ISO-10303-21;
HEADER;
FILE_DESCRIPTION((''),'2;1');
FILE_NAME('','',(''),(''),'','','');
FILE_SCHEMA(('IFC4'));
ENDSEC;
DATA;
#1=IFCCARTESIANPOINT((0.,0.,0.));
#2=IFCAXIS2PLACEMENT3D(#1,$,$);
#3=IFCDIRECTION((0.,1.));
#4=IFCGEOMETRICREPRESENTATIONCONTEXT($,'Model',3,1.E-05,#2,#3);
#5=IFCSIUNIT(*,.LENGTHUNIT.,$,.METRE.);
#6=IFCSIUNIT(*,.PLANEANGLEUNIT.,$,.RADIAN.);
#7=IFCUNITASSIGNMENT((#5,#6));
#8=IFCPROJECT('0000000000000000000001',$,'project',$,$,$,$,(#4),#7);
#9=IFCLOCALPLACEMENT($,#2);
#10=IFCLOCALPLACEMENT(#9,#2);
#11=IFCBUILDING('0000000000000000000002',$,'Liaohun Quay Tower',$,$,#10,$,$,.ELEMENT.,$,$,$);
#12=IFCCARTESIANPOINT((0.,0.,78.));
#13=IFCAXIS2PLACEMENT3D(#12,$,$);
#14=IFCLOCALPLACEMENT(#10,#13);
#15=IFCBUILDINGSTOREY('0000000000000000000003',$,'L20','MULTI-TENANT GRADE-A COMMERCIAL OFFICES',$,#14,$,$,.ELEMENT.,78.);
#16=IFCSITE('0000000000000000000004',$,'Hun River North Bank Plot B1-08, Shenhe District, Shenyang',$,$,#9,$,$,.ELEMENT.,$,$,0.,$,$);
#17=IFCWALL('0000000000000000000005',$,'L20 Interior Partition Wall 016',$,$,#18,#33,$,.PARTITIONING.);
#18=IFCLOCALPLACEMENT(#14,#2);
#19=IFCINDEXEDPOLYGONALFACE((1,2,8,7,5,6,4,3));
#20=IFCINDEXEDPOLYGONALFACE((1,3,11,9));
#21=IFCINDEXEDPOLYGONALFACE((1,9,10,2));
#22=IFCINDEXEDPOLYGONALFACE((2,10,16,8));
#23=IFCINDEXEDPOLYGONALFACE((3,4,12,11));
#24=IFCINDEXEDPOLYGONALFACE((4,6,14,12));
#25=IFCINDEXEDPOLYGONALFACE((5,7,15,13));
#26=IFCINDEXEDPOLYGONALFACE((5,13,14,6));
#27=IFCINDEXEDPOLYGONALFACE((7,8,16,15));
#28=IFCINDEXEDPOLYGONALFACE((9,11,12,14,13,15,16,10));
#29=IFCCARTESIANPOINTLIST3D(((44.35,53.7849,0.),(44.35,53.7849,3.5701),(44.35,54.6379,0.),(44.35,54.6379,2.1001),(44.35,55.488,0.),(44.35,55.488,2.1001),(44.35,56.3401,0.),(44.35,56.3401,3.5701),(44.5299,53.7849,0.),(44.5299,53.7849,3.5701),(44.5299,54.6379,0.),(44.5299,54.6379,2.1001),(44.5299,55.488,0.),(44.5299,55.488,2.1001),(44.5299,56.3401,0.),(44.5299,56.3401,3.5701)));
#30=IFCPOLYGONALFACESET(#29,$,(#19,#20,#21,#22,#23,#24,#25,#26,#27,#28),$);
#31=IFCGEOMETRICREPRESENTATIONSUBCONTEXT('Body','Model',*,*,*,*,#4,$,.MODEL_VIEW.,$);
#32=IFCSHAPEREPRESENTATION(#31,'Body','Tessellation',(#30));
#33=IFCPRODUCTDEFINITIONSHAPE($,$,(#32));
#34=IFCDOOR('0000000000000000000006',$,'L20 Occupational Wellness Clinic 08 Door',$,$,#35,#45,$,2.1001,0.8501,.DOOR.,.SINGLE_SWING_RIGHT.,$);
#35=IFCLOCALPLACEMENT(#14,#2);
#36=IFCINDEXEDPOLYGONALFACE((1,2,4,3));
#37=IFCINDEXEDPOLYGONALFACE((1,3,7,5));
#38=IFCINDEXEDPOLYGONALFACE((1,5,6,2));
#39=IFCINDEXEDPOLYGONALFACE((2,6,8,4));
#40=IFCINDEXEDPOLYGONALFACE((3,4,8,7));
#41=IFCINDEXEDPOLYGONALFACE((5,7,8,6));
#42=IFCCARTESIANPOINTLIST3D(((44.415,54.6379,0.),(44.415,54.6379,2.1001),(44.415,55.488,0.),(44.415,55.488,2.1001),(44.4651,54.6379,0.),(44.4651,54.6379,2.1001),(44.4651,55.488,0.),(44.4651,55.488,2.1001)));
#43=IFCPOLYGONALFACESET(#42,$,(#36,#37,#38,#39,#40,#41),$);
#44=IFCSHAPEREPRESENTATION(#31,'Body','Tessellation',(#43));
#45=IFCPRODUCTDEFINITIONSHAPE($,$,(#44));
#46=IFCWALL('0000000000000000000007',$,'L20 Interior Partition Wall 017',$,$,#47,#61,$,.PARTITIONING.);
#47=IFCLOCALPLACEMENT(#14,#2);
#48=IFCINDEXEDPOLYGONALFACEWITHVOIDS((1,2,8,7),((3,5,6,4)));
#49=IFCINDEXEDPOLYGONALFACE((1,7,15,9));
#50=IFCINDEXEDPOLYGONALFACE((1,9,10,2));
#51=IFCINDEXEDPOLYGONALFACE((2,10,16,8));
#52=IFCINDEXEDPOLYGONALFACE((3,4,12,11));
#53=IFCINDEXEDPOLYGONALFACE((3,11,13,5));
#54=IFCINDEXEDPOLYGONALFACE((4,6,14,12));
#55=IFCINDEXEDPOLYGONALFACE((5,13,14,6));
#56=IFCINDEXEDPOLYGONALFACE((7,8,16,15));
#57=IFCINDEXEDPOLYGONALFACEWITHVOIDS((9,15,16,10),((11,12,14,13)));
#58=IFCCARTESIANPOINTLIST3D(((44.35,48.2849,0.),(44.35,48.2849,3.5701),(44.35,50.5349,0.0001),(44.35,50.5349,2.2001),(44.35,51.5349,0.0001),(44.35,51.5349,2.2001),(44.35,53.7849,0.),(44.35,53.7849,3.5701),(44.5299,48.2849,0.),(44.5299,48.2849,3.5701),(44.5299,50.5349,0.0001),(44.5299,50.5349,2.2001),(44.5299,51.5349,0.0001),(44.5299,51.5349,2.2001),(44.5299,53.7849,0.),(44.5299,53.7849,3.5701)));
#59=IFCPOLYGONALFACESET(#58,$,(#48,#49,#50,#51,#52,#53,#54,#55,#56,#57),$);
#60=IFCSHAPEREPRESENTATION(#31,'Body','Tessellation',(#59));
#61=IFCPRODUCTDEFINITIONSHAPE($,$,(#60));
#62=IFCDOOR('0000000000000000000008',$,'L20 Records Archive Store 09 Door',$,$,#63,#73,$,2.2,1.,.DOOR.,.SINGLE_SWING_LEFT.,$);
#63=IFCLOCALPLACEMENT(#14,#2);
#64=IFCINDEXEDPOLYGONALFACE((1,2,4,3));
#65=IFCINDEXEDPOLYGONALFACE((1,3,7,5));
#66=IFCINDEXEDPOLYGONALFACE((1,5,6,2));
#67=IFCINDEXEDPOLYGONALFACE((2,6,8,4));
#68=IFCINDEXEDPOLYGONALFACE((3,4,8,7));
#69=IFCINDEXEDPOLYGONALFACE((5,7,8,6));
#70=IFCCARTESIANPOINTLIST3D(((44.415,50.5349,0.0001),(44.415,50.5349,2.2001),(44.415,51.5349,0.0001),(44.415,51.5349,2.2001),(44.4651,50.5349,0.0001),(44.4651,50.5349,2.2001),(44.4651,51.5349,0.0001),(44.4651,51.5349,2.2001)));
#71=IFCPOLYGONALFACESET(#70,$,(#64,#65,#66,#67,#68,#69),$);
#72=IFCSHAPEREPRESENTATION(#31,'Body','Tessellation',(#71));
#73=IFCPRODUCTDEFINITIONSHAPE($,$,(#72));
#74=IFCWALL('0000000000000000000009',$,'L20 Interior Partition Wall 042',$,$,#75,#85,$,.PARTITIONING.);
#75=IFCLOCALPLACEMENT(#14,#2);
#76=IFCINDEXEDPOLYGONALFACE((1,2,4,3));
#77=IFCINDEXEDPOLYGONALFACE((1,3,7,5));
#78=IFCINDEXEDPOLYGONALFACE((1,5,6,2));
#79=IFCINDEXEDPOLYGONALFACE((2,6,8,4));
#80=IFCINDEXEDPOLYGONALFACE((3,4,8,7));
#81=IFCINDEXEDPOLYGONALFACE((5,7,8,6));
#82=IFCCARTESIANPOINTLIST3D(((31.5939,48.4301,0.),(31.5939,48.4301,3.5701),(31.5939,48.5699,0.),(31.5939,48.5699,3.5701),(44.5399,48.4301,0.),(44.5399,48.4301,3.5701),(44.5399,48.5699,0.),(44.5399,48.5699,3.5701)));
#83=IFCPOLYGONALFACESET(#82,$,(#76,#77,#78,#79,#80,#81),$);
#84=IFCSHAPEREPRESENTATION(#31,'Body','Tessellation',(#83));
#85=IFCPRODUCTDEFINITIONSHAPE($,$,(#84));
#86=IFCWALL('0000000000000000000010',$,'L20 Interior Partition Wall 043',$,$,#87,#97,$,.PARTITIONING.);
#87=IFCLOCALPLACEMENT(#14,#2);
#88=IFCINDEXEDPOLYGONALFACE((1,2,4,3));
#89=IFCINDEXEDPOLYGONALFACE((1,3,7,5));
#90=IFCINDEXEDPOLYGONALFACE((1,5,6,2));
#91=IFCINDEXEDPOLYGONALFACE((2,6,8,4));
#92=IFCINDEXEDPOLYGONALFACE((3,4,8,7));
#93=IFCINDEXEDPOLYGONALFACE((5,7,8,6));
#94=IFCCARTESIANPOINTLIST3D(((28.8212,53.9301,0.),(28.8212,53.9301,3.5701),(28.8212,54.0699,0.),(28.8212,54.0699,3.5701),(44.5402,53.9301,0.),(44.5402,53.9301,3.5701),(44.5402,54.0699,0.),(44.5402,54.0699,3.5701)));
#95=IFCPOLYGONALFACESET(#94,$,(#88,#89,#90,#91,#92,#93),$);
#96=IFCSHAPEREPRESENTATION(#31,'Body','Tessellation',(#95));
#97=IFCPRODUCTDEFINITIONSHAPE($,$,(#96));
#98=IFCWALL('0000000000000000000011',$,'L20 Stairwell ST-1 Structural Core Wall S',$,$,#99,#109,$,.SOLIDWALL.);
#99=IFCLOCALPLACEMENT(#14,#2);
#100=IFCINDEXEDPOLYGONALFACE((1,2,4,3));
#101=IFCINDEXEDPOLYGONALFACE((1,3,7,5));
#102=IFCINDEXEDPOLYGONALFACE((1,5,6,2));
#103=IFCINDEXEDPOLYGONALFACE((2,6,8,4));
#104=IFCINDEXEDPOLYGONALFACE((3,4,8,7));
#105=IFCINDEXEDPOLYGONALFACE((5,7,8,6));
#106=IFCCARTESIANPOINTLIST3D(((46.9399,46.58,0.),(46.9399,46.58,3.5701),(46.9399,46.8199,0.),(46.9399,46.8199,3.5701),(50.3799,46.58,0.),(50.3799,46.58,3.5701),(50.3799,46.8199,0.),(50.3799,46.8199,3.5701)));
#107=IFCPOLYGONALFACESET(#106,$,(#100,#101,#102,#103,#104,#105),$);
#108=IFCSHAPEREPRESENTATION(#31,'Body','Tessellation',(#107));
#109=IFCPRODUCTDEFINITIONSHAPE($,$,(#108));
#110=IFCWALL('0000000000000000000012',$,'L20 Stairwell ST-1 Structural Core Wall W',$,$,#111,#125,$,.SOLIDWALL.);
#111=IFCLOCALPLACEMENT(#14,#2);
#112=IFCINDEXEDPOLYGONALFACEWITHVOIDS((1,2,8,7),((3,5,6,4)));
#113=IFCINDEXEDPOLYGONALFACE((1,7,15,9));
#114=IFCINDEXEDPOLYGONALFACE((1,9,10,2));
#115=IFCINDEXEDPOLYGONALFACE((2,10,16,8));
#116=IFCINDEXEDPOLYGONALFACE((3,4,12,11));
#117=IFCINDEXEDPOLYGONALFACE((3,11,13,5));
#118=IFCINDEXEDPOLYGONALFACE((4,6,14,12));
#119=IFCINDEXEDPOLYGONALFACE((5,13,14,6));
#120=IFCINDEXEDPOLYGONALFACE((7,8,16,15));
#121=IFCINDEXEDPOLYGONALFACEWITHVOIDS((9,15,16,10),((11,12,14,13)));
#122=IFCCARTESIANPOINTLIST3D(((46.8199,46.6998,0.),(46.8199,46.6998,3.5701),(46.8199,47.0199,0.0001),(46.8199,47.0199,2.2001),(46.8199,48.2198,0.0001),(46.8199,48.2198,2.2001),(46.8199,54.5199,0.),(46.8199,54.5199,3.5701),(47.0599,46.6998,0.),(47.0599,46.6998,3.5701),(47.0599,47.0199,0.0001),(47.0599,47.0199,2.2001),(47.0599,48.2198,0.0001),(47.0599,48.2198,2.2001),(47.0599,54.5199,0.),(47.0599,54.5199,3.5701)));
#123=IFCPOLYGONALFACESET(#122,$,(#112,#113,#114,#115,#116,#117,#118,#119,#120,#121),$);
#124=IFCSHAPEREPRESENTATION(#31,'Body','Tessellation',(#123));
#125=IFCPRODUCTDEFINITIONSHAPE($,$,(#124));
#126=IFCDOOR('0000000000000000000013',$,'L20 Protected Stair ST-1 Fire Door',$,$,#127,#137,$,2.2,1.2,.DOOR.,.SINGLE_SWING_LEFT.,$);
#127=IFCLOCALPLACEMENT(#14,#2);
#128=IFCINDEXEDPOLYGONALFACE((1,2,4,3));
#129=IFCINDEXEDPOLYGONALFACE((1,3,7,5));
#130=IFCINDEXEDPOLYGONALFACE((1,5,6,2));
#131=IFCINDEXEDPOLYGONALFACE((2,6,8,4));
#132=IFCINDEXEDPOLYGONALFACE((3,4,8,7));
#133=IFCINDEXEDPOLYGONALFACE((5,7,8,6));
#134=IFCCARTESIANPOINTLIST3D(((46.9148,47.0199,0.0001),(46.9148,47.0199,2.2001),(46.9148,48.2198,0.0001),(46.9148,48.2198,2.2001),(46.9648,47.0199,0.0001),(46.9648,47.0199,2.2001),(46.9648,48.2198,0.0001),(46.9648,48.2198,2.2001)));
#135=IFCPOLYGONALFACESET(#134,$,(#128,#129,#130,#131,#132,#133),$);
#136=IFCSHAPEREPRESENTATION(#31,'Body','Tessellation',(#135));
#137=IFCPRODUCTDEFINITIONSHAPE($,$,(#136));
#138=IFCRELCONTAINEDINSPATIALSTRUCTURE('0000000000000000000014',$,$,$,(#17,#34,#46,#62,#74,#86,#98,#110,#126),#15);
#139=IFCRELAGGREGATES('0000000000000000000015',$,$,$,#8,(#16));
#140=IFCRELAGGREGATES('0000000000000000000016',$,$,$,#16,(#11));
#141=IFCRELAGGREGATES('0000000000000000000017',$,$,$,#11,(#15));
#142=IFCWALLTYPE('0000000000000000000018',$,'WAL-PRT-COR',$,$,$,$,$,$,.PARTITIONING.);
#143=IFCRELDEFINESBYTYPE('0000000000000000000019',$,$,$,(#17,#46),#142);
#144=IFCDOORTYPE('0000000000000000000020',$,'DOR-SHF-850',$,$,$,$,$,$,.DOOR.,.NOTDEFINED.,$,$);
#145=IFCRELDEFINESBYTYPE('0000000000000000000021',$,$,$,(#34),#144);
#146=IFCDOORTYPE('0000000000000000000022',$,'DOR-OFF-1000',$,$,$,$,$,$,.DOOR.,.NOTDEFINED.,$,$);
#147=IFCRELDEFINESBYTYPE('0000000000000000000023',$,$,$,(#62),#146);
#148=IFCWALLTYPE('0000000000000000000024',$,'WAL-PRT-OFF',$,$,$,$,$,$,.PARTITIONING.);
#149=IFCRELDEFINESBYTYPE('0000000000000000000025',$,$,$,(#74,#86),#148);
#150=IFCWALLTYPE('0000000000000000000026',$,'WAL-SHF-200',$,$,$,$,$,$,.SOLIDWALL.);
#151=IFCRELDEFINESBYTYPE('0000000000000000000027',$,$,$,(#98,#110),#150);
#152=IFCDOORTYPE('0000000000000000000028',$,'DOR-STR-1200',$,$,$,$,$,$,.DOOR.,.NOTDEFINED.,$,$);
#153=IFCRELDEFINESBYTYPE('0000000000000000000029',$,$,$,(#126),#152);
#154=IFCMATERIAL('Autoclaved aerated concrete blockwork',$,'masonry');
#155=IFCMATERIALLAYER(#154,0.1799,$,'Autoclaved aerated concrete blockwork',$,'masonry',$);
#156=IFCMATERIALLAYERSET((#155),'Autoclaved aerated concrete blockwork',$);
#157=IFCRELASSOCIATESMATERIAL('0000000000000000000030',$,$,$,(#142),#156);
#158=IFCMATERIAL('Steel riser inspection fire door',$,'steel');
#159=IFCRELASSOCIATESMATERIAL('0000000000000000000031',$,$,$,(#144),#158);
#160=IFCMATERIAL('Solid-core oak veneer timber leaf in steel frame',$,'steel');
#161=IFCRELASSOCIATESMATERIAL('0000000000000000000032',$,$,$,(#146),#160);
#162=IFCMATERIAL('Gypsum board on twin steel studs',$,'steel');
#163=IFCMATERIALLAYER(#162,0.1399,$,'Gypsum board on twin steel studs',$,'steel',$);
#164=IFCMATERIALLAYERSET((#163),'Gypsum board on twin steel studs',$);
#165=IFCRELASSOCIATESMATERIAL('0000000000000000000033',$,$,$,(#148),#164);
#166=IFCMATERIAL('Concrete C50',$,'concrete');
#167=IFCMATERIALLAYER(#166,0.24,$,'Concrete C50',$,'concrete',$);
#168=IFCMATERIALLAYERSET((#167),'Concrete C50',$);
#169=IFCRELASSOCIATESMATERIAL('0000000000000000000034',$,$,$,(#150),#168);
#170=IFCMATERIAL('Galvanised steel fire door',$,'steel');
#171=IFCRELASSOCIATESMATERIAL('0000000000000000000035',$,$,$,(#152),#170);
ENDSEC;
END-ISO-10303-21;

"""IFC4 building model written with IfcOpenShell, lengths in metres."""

from ifc_helpers import new_model, si_unit, direction, frame, frame_2d, origin, place, context, subcontext, project, spatial, rectangle, extrude, source, transform, mapped, material, layer, layer_set, type_object, element, fill, save


model = new_model("IFC4")

# Units and contexts
model_context = context("Model", 3, precision=1e-05, world=origin(), true_north=direction((0.0, 1.0)))
body_context = subcontext(model_context, "Body", "Model", "MODEL_VIEW")
ifc_project = project(units=[si_unit("LENGTHUNIT", "METRE"), si_unit("PLANEANGLEUNIT", "RADIAN")], contexts=[model_context])

# Site, building, storey
site_placement = place(None, origin())
site = spatial("IfcSite", under=ifc_project, at=site_placement, Name="Hun River North Bank Plot B1-08, Shenhe District, Shenyang", CompositionType="ELEMENT", RefElevation=0.0)
building_placement = place(site_placement, origin())
building = spatial("IfcBuilding", under=site, at=building_placement, Name="Liaohun Quay Tower", CompositionType="ELEMENT")
storey_placement = place(building_placement, frame((0.0, 0.0, 78.0)))
storey = spatial("IfcBuildingStorey", under=building, at=storey_placement, Name="L20", Description="MULTI-TENANT GRADE-A COMMERCIAL OFFICES", CompositionType="ELEMENT", Elevation=78.0)

# Walls, openings, doors
ifc_material_1 = material(Name="Autoclaved aerated concrete blockwork", Category="masonry")
ifc_layer_1 = layer(ifc_material_1, 0.1799, Name="Autoclaved aerated concrete blockwork", Category="masonry")
ifc_layer_set_1 = layer_set([ifc_layer_1], Name="Autoclaved aerated concrete blockwork")
wall_type_1 = type_object("IfcWallType", Name="WAL-PRT-COR", PredefinedType="PARTITIONING", material=ifc_layer_set_1)
wall_1_placement = place(storey_placement, frame((44.4399, 53.7849, 0.0), z_axis=(0.0, 0.0, 1.0), x_axis=(0.0, 1.0, 0.0)))
wall_1 = element("IfcWall", 1, at=wall_1_placement, inside=storey, type_object=wall_type_1, Name="L20 Interior Partition Wall 016", PredefinedType="PARTITIONING", context=body_context, shape_type="SweptSolid", body=[
    extrude(rectangle(XDim=2.5552, YDim=0.1799, at=frame_2d((1.2776, 0.0))), origin(), (0.0, 0.0, 1.0), 3.5701),
])
shared_shape_1 = source(origin(), body_context, "Body", "SweptSolid", [
    extrude(rectangle(XDim=0.8501, YDim=2.1001, at=frame_2d((0.425, 1.05))), frame((0.0, 0.0999, 0.0), z_axis=(0.0, -1.0, 0.0), x_axis=(1.0, 0.0, 0.0)), (0.0, 0.0, 1.0), 0.2),
])
opening_1_placement = place(wall_1_placement, frame((0.853, 0.0, 0.0)))
opening_1 = element("IfcOpeningElement", 2, at=opening_1_placement, cuts=wall_1, PredefinedType="OPENING", context=body_context, shape_type="MappedRepresentation", body=[
    mapped(shared_shape_1, transform((0.0, 0.0, 0.0), x_axis=(1.0, 0.0, 0.0), y_axis=(0.0, 1.0, 0.0), z_axis=(0.0, 0.0, 1.0), scale=1.0)),
])
ifc_material_2 = material(Name="Steel riser inspection fire door", Category="steel")
door_type_1 = type_object("IfcDoorType", Name="DOR-SHF-850", OperationType="NOTDEFINED", PredefinedType="DOOR", material=ifc_material_2)
shared_shape_2 = source(origin(), body_context, "Body", "SweptSolid", [
    extrude(rectangle(XDim=0.8501, YDim=2.1001, at=frame_2d((0.425, 1.05))), frame((0.0, 0.0249, 0.0), z_axis=(0.0, -1.0, 0.0), x_axis=(1.0, 0.0, 0.0)), (0.0, 0.0, 1.0), 0.05),
])
door_1_placement = place(opening_1_placement, origin())
door_1 = element("IfcDoor", 3, at=door_1_placement, inside=storey, type_object=door_type_1, Name="L20 Occupational Wellness Clinic 08 Door", OperationType="SINGLE_SWING_RIGHT", OverallHeight=2.1001, OverallWidth=0.8501, PredefinedType="DOOR", context=body_context, shape_type="MappedRepresentation", body=[
    mapped(shared_shape_2, transform((0.0, 0.0, 0.0), x_axis=(1.0, 0.0, 0.0), y_axis=(0.0, 1.0, 0.0), z_axis=(0.0, 0.0, 1.0), scale=1.0)),
])
fill(opening_1, door_1)
wall_2_placement = place(storey_placement, frame((44.4399, 48.2849, 0.0), z_axis=(0.0, 0.0, 1.0), x_axis=(0.0, 1.0, 0.0)))
wall_2 = element("IfcWall", 4, at=wall_2_placement, inside=storey, type_object=wall_type_1, Name="L20 Interior Partition Wall 017", PredefinedType="PARTITIONING", context=body_context, shape_type="SweptSolid", body=[
    extrude(rectangle(XDim=5.5, YDim=0.1799, at=frame_2d((2.75, 0.0))), origin(), (0.0, 0.0, 1.0), 3.5701),
])
shared_shape_3 = source(origin(), body_context, "Body", "SweptSolid", [
    extrude(rectangle(XDim=1.0, YDim=2.2, at=frame_2d((0.5, 1.1001))), frame((0.0, 0.0999, 0.0), z_axis=(0.0, -1.0, 0.0), x_axis=(1.0, 0.0, 0.0)), (0.0, 0.0, 1.0), 0.2),
])
opening_2_placement = place(wall_2_placement, frame((2.25, 0.0, 0.0)))
opening_2 = element("IfcOpeningElement", 5, at=opening_2_placement, cuts=wall_2, PredefinedType="OPENING", context=body_context, shape_type="MappedRepresentation", body=[
    mapped(shared_shape_3, transform((0.0, 0.0, 0.0), x_axis=(1.0, 0.0, 0.0), y_axis=(0.0, 1.0, 0.0), z_axis=(0.0, 0.0, 1.0), scale=1.0)),
])
ifc_material_3 = material(Name="Solid-core oak veneer timber leaf in steel frame", Category="steel")
door_type_2 = type_object("IfcDoorType", Name="DOR-OFF-1000", OperationType="NOTDEFINED", PredefinedType="DOOR", material=ifc_material_3)
shared_shape_4 = source(origin(), body_context, "Body", "SweptSolid", [
    extrude(rectangle(XDim=1.0, YDim=2.2, at=frame_2d((0.5, 1.1001))), frame((0.0, 0.0249, 0.0), z_axis=(0.0, -1.0, 0.0), x_axis=(1.0, 0.0, 0.0)), (0.0, 0.0, 1.0), 0.05),
])
door_2_placement = place(opening_2_placement, origin())
door_2 = element("IfcDoor", 6, at=door_2_placement, inside=storey, type_object=door_type_2, Name="L20 Records Archive Store 09 Door", OperationType="SINGLE_SWING_LEFT", OverallHeight=2.2, OverallWidth=1.0, PredefinedType="DOOR", context=body_context, shape_type="MappedRepresentation", body=[
    mapped(shared_shape_4, transform((0.0, 0.0, 0.0), x_axis=(1.0, 0.0, 0.0), y_axis=(0.0, 1.0, 0.0), z_axis=(0.0, 0.0, 1.0), scale=1.0)),
])
fill(opening_2, door_2)

# Walls
ifc_material_4 = material(Name="Gypsum board on twin steel studs", Category="steel")
ifc_layer_2 = layer(ifc_material_4, 0.1399, Name="Gypsum board on twin steel studs", Category="steel")
ifc_layer_set_2 = layer_set([ifc_layer_2], Name="Gypsum board on twin steel studs")
wall_type_2 = type_object("IfcWallType", Name="WAL-PRT-OFF", PredefinedType="PARTITIONING", material=ifc_layer_set_2)
wall_3_placement = place(storey_placement, frame((44.54, 48.5, 0.0), z_axis=(0.0, 0.0, 1.0), x_axis=(-1.0, 0.0, 0.0)))
element("IfcWall", 7, at=wall_3_placement, inside=storey, type_object=wall_type_2, Name="L20 Interior Partition Wall 042", PredefinedType="PARTITIONING", context=body_context, shape_type="SweptSolid", body=[
    extrude(rectangle(XDim=12.946, YDim=0.1399, at=frame_2d((6.4731, 0.0))), origin(), (0.0, 0.0, 1.0), 3.5701),
])
wall_4_placement = place(storey_placement, frame((44.54, 54.0, 0.0), z_axis=(0.0, 0.0, 1.0), x_axis=(-1.0, 0.0, 0.0)))
element("IfcWall", 8, at=wall_4_placement, inside=storey, type_object=wall_type_2, Name="L20 Interior Partition Wall 043", PredefinedType="PARTITIONING", context=body_context, shape_type="SweptSolid", body=[
    extrude(rectangle(XDim=15.719, YDim=0.1399, at=frame_2d((7.8594, 0.0))), origin(), (0.0, 0.0, 1.0), 3.5701),
])
ifc_material_5 = material(Name="Concrete C50", Category="concrete")
ifc_layer_3 = layer(ifc_material_5, 0.24, Name="Concrete C50", Category="concrete")
ifc_layer_set_3 = layer_set([ifc_layer_3], Name="Concrete C50")
wall_type_3 = type_object("IfcWallType", Name="WAL-SHF-200", PredefinedType="SOLIDWALL", material=ifc_layer_set_3)
wall_5_placement = place(storey_placement, frame((46.9399, 46.7, 0.0), z_axis=(0.0, 0.0, 1.0), x_axis=(1.0, 0.0, 0.0)))
element("IfcWall", 9, at=wall_5_placement, inside=storey, type_object=wall_type_3, Name="L20 Stairwell ST-1 Structural Core Wall S", PredefinedType="SOLIDWALL", context=body_context, shape_type="SweptSolid", body=[
    extrude(rectangle(XDim=3.4399, YDim=0.24, at=frame_2d((1.72, 0.0))), origin(), (0.0, 0.0, 1.0), 3.5701),
])

# Wall, opening, door
wall_6_placement = place(storey_placement, frame((46.9399, 54.52, 0.0), z_axis=(0.0, 0.0, 1.0), x_axis=(0.0, -1.0, 0.0)))
wall_6 = element("IfcWall", 10, at=wall_6_placement, inside=storey, type_object=wall_type_3, Name="L20 Stairwell ST-1 Structural Core Wall W", PredefinedType="SOLIDWALL", context=body_context, shape_type="SweptSolid", body=[
    extrude(rectangle(XDim=7.8201, YDim=0.24, at=frame_2d((3.9102, 0.0))), origin(), (0.0, 0.0, 1.0), 3.5701),
])
shared_shape_5 = source(origin(), body_context, "Body", "SweptSolid", [
    extrude(rectangle(XDim=1.2, YDim=2.2, at=frame_2d((0.6001, 1.1001))), frame((0.0, 0.1299, 0.0), z_axis=(0.0, -1.0, 0.0), x_axis=(1.0, 0.0, 0.0)), (0.0, 0.0, 1.0), 0.26),
])
opening_3_placement = place(wall_6_placement, frame((6.3, 0.0, 0.0)))
opening_3 = element("IfcOpeningElement", 11, at=opening_3_placement, cuts=wall_6, PredefinedType="OPENING", context=body_context, shape_type="MappedRepresentation", body=[
    mapped(shared_shape_5, transform((0.0, 0.0, 0.0), x_axis=(1.0, 0.0, 0.0), y_axis=(0.0, 1.0, 0.0), z_axis=(0.0, 0.0, 1.0), scale=1.0)),
])
ifc_material_6 = material(Name="Galvanised steel fire door", Category="steel")
door_type_3 = type_object("IfcDoorType", Name="DOR-STR-1200", OperationType="NOTDEFINED", PredefinedType="DOOR", material=ifc_material_6)
shared_shape_6 = source(origin(), body_context, "Body", "SweptSolid", [
    extrude(rectangle(XDim=1.2, YDim=2.2, at=frame_2d((0.6001, 1.1001))), frame((0.0, 0.0249, 0.0), z_axis=(0.0, -1.0, 0.0), x_axis=(1.0, 0.0, 0.0)), (0.0, 0.0, 1.0), 0.05),
])
door_3_placement = place(opening_3_placement, origin())
door_3 = element("IfcDoor", 12, at=door_3_placement, inside=storey, type_object=door_type_3, Name="L20 Protected Stair ST-1 Fire Door", OperationType="SINGLE_SWING_LEFT", OverallHeight=2.2, OverallWidth=1.2, PredefinedType="DOOR", context=body_context, shape_type="MappedRepresentation", body=[
    mapped(shared_shape_6, transform((0.0, 0.0, 0.0), x_axis=(1.0, 0.0, 0.0), y_axis=(0.0, 1.0, 0.0), z_axis=(0.0, 0.0, 1.0), scale=1.0)),
])
fill(opening_3, door_3)

save(model, "model.ifc")
